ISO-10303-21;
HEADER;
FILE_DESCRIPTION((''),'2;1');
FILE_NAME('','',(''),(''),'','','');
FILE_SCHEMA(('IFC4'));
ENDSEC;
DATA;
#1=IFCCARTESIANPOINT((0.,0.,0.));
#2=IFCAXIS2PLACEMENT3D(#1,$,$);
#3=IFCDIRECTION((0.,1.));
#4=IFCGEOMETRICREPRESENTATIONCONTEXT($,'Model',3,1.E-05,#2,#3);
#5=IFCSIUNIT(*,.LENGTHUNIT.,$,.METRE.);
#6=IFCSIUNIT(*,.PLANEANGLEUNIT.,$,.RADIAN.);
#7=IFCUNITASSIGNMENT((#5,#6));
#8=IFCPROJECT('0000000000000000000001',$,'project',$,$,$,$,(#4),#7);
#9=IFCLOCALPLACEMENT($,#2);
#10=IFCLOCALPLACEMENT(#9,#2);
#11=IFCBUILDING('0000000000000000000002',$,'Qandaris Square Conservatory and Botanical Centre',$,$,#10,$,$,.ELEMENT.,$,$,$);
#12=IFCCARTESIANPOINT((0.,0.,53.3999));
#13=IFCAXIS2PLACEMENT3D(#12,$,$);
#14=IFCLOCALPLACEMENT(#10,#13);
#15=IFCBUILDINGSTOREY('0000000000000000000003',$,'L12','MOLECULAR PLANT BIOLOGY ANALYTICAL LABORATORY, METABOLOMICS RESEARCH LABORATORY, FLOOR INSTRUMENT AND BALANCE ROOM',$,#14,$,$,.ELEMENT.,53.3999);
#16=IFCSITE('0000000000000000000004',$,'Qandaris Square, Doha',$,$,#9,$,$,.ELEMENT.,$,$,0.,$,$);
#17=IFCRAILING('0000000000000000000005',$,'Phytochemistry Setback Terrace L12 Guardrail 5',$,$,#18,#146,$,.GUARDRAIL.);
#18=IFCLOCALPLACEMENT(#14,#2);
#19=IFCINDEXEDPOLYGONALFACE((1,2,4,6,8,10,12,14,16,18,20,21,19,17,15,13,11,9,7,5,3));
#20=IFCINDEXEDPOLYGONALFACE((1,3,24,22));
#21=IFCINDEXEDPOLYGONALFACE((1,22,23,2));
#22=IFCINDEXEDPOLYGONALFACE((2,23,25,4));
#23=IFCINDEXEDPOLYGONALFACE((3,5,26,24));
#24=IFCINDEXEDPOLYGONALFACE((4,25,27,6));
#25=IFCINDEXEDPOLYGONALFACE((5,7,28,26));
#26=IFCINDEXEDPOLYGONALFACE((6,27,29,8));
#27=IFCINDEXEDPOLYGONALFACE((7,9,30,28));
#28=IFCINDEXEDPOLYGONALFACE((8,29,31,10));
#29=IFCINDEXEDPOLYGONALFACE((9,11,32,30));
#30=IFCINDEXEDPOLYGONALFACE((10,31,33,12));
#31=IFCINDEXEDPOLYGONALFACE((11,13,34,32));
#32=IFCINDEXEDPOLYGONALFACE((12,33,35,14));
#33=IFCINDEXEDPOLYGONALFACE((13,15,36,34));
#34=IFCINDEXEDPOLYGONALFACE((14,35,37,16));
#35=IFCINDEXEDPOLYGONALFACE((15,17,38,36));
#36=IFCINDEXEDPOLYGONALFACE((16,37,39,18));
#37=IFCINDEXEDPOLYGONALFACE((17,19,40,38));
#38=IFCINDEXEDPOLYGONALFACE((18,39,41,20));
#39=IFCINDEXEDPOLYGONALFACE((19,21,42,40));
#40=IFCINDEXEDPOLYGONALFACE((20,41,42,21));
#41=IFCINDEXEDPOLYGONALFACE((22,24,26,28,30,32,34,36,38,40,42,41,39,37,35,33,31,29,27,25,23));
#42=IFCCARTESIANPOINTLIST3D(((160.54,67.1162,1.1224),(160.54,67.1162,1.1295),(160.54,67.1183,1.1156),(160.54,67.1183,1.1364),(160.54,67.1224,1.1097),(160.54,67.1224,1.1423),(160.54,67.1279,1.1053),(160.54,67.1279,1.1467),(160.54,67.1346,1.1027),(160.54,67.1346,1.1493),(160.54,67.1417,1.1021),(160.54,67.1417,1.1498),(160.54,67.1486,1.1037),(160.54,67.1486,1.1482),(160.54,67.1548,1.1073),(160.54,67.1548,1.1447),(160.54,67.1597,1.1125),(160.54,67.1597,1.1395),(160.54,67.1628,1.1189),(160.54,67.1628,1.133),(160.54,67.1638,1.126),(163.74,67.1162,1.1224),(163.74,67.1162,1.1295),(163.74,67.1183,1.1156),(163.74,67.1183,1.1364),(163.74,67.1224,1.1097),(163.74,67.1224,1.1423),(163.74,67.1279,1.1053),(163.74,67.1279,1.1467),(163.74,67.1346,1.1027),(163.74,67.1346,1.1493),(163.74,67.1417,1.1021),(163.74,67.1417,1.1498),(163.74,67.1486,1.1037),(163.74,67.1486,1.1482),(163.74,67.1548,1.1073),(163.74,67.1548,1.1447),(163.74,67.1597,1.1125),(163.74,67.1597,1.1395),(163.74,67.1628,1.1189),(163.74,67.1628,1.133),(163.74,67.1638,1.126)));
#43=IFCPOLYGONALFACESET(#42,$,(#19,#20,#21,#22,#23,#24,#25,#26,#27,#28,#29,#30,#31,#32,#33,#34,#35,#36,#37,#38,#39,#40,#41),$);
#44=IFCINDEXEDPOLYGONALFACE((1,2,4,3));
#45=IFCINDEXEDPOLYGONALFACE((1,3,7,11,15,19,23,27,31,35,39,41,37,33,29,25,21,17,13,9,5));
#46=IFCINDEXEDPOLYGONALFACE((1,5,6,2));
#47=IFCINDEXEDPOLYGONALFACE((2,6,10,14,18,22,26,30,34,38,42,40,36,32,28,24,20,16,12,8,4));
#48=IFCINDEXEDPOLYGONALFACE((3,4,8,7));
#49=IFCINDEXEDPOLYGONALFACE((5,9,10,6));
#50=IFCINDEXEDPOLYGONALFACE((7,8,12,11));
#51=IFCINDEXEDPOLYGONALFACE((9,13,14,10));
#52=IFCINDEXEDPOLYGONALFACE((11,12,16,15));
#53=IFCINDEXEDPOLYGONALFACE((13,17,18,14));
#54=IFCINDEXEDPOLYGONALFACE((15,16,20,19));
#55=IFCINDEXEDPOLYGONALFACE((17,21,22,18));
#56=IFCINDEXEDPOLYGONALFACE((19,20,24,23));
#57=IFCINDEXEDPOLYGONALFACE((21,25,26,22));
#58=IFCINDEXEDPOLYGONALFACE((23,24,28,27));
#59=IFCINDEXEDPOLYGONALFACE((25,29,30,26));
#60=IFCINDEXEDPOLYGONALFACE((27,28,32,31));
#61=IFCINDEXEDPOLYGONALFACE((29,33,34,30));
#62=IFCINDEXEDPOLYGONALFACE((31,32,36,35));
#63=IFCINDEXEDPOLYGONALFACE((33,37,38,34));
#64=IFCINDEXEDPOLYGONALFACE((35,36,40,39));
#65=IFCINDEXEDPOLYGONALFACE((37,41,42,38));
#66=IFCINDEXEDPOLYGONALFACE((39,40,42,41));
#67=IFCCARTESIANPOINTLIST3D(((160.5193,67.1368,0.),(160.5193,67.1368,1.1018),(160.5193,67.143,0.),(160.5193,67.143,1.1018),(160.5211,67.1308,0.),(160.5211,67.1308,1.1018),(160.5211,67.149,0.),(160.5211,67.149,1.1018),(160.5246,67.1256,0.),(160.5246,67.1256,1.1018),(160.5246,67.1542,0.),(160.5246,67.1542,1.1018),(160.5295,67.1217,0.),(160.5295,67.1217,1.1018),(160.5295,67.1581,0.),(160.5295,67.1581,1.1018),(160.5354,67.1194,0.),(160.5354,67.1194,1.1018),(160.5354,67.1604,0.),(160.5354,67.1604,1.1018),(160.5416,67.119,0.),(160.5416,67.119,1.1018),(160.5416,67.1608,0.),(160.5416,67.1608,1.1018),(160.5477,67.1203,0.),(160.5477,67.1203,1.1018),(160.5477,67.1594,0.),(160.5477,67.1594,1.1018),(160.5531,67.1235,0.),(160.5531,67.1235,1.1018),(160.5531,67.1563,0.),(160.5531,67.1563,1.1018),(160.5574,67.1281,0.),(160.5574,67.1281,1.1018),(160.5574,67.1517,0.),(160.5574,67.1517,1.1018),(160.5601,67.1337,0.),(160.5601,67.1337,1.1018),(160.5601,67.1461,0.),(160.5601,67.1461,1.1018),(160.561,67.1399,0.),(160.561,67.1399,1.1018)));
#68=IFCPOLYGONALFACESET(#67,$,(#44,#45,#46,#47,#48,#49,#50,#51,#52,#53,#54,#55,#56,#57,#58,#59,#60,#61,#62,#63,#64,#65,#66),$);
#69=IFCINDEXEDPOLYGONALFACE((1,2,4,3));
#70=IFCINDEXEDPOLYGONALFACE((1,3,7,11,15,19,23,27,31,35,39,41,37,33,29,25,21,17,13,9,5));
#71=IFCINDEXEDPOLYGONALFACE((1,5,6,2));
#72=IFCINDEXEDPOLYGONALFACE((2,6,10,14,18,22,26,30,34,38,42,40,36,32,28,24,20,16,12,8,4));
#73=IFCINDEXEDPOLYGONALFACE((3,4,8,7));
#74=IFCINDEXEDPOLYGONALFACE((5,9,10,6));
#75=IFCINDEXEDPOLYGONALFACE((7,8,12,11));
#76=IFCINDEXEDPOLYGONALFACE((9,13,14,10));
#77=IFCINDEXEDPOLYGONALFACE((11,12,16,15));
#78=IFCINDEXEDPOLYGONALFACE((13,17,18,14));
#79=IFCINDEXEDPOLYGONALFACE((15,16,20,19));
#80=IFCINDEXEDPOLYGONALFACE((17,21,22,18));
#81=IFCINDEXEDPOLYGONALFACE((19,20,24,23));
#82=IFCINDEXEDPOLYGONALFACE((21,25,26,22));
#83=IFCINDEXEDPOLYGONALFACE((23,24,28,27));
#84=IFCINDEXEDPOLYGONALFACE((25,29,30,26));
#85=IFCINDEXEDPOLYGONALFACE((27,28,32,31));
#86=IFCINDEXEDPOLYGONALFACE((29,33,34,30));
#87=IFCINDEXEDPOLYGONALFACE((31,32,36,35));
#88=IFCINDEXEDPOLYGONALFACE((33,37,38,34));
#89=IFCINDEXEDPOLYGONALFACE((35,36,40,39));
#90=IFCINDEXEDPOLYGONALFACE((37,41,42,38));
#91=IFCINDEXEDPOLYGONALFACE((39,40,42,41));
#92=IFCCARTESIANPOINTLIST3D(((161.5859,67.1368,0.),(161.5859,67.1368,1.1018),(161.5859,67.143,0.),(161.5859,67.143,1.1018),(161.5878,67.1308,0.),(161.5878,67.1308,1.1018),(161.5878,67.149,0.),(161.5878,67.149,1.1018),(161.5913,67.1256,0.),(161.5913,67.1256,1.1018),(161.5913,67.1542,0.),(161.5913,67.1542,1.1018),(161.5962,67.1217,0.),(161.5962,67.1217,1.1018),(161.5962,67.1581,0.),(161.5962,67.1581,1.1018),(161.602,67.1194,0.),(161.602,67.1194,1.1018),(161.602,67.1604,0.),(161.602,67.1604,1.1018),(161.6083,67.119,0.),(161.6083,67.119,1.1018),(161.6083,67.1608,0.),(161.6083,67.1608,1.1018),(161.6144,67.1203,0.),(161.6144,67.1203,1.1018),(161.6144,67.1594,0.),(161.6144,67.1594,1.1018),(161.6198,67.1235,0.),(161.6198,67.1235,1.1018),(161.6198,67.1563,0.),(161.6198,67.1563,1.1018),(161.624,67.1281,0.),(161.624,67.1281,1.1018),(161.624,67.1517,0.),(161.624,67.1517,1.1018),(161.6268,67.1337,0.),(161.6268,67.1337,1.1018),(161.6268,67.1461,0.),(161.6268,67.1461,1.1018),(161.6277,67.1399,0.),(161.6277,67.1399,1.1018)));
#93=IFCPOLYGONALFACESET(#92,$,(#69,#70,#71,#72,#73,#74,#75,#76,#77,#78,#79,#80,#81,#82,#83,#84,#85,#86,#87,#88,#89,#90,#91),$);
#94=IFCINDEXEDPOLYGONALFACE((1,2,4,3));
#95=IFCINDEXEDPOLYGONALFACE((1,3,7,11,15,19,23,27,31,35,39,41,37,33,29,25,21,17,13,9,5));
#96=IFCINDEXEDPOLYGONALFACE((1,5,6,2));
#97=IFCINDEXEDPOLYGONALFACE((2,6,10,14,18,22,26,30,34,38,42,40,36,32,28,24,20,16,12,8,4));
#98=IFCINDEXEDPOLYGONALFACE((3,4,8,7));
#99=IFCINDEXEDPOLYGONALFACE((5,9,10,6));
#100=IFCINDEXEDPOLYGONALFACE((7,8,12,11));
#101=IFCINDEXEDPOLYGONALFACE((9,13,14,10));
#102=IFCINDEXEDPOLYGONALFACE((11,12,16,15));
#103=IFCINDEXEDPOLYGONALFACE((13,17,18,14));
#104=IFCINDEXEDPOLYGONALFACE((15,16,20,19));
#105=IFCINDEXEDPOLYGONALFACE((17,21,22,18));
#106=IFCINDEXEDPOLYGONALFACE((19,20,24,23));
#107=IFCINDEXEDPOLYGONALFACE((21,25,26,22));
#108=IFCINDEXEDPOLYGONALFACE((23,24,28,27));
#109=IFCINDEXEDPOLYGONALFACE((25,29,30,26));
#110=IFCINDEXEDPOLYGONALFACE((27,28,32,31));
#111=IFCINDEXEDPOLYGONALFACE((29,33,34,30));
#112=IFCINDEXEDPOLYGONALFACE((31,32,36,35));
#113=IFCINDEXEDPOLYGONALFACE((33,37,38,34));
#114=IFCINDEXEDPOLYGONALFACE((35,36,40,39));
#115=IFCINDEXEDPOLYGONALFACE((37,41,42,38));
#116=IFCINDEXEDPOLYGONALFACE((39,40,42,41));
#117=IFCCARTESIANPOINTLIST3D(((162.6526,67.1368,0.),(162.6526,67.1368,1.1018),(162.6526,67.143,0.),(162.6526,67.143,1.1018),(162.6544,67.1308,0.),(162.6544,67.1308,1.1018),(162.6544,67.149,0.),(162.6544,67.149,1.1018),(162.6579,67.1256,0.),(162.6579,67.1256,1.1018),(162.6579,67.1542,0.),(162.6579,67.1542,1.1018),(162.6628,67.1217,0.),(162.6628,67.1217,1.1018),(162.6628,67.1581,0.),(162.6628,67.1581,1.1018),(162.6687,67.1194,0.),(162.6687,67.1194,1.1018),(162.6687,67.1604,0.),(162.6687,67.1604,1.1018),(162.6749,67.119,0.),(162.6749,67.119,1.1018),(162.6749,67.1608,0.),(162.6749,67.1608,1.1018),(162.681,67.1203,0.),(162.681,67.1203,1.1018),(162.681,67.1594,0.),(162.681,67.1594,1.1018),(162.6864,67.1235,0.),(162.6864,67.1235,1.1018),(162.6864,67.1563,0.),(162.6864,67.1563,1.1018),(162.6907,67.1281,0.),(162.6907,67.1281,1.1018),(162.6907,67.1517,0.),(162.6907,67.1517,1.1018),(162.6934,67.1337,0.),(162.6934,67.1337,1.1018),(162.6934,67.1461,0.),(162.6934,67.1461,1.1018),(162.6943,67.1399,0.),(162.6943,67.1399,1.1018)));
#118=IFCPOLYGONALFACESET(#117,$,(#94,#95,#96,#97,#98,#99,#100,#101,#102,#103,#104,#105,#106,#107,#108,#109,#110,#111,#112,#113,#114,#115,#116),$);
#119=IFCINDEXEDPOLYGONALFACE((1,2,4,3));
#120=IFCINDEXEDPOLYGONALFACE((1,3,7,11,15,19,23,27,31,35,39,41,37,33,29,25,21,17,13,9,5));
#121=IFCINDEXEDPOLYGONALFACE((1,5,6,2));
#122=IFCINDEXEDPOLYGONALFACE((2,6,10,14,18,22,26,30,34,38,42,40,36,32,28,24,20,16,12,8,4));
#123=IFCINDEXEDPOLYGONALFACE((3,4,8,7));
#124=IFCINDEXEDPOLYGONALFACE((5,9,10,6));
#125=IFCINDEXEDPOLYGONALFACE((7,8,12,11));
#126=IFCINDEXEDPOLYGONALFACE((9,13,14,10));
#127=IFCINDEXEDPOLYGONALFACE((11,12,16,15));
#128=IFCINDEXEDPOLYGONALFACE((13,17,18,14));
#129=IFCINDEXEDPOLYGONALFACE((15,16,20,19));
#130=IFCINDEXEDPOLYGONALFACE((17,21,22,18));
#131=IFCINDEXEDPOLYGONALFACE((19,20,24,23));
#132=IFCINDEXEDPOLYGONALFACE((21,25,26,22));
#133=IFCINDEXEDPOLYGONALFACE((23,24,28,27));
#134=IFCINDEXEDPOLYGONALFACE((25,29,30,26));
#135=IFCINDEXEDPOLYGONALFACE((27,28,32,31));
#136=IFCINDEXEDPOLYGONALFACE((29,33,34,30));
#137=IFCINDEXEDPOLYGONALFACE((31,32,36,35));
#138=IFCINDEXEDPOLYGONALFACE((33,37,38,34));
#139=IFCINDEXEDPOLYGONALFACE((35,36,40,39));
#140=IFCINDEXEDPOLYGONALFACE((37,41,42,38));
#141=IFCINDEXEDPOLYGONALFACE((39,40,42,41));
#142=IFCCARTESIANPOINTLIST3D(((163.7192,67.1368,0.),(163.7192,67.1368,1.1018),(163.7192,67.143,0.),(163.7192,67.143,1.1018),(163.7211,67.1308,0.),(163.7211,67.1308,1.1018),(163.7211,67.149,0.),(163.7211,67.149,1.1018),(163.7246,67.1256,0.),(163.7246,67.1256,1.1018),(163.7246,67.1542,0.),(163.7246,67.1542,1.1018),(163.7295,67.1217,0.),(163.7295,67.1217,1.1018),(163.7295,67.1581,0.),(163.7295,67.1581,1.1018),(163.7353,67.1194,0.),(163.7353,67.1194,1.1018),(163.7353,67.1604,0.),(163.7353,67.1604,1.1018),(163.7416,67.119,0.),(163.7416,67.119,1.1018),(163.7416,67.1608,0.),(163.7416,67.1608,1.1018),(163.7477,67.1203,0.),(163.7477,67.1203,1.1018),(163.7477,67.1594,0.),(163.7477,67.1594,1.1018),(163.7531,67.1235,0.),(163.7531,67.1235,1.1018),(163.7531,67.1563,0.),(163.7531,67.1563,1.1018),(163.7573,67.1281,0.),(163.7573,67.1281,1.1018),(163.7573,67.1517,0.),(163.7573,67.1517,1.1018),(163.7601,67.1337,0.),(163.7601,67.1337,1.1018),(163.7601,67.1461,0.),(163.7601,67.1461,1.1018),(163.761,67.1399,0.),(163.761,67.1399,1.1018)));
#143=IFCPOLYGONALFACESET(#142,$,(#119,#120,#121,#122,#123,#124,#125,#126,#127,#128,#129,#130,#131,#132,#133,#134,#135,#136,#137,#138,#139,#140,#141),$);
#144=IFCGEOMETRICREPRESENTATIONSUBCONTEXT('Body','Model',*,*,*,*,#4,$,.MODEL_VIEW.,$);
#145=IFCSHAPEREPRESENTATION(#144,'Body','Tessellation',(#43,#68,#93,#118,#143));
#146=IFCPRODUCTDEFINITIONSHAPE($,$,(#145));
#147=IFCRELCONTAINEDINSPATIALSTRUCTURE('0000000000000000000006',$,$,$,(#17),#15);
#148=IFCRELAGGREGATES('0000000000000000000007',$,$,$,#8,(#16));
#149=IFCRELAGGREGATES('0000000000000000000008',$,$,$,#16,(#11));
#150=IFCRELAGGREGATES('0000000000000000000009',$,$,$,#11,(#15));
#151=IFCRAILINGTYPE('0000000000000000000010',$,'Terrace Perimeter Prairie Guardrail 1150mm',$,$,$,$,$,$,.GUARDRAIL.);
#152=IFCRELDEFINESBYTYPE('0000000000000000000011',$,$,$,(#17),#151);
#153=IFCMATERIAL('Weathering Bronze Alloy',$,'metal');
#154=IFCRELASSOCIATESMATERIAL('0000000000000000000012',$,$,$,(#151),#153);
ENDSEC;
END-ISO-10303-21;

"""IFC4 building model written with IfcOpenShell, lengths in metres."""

from ifc_helpers import new_model, si_unit, direction, frame, origin, origin_2d, place, context, subcontext, project, spatial, circle, extrude, material, type_object, element, save


model = new_model("IFC4")

# Units and contexts
model_context = context("Model", 3, precision=1e-05, world=origin(), true_north=direction((0.0, 1.0)))
body_context = subcontext(model_context, "Body", "Model", "MODEL_VIEW")
ifc_project = project(units=[si_unit("LENGTHUNIT", "METRE"), si_unit("PLANEANGLEUNIT", "RADIAN")], contexts=[model_context])

# Site, building, storey
site_placement = place(None, origin())
site = spatial("IfcSite", under=ifc_project, at=site_placement, Name="Qandaris Square, Doha", CompositionType="ELEMENT", RefElevation=0.0)
building_placement = place(site_placement, origin())
building = spatial("IfcBuilding", under=site, at=building_placement, Name="Qandaris Square Conservatory and Botanical Centre", CompositionType="ELEMENT")
storey_placement = place(building_placement, frame((0.0, 0.0, 53.3999)))
storey = spatial("IfcBuildingStorey", under=building, at=storey_placement, Name="L12", Description="MOLECULAR PLANT BIOLOGY ANALYTICAL LABORATORY, METABOLOMICS RESEARCH LABORATORY, FLOOR INSTRUMENT AND BALANCE ROOM", CompositionType="ELEMENT", Elevation=53.3999)

# Railing
ifc_material_1 = material(Name="Weathering Bronze Alloy", Category="metal")
railing_type = type_object("IfcRailingType", Name="Terrace Perimeter Prairie Guardrail 1150mm", PredefinedType="GUARDRAIL", material=ifc_material_1)
railing_1_placement = place(storey_placement, frame((160.54, 67.1399, 0.0)))
element("IfcRailing", 1, at=railing_1_placement, inside=storey, type_object=railing_type, Name="Phytochemistry Setback Terrace L12 Guardrail 5", PredefinedType="GUARDRAIL", context=body_context, shape_type="SweptSolid", body=[
    extrude(circle(Radius=0.0239, at=origin_2d()), frame((0.0, 0.0, 1.126), z_axis=(1.0, 0.0, 0.0), x_axis=(0.0, 1.0, 0.0)), (0.0, 0.0, 1.0), 3.2),
    extrude(circle(Radius=0.021, at=origin_2d()), origin(), (0.0, 0.0, 1.0), 1.1018),
    extrude(circle(Radius=0.021, at=origin_2d()), frame((1.0667, 0.0, 0.0)), (0.0, 0.0, 1.0), 1.1018),
    extrude(circle(Radius=0.021, at=origin_2d()), frame((2.1333, 0.0, 0.0)), (0.0, 0.0, 1.0), 1.1018),
    extrude(circle(Radius=0.021, at=origin_2d()), frame((3.2, 0.0, 0.0)), (0.0, 0.0, 1.0), 1.1018),
])

save(model, "model.ifc")
